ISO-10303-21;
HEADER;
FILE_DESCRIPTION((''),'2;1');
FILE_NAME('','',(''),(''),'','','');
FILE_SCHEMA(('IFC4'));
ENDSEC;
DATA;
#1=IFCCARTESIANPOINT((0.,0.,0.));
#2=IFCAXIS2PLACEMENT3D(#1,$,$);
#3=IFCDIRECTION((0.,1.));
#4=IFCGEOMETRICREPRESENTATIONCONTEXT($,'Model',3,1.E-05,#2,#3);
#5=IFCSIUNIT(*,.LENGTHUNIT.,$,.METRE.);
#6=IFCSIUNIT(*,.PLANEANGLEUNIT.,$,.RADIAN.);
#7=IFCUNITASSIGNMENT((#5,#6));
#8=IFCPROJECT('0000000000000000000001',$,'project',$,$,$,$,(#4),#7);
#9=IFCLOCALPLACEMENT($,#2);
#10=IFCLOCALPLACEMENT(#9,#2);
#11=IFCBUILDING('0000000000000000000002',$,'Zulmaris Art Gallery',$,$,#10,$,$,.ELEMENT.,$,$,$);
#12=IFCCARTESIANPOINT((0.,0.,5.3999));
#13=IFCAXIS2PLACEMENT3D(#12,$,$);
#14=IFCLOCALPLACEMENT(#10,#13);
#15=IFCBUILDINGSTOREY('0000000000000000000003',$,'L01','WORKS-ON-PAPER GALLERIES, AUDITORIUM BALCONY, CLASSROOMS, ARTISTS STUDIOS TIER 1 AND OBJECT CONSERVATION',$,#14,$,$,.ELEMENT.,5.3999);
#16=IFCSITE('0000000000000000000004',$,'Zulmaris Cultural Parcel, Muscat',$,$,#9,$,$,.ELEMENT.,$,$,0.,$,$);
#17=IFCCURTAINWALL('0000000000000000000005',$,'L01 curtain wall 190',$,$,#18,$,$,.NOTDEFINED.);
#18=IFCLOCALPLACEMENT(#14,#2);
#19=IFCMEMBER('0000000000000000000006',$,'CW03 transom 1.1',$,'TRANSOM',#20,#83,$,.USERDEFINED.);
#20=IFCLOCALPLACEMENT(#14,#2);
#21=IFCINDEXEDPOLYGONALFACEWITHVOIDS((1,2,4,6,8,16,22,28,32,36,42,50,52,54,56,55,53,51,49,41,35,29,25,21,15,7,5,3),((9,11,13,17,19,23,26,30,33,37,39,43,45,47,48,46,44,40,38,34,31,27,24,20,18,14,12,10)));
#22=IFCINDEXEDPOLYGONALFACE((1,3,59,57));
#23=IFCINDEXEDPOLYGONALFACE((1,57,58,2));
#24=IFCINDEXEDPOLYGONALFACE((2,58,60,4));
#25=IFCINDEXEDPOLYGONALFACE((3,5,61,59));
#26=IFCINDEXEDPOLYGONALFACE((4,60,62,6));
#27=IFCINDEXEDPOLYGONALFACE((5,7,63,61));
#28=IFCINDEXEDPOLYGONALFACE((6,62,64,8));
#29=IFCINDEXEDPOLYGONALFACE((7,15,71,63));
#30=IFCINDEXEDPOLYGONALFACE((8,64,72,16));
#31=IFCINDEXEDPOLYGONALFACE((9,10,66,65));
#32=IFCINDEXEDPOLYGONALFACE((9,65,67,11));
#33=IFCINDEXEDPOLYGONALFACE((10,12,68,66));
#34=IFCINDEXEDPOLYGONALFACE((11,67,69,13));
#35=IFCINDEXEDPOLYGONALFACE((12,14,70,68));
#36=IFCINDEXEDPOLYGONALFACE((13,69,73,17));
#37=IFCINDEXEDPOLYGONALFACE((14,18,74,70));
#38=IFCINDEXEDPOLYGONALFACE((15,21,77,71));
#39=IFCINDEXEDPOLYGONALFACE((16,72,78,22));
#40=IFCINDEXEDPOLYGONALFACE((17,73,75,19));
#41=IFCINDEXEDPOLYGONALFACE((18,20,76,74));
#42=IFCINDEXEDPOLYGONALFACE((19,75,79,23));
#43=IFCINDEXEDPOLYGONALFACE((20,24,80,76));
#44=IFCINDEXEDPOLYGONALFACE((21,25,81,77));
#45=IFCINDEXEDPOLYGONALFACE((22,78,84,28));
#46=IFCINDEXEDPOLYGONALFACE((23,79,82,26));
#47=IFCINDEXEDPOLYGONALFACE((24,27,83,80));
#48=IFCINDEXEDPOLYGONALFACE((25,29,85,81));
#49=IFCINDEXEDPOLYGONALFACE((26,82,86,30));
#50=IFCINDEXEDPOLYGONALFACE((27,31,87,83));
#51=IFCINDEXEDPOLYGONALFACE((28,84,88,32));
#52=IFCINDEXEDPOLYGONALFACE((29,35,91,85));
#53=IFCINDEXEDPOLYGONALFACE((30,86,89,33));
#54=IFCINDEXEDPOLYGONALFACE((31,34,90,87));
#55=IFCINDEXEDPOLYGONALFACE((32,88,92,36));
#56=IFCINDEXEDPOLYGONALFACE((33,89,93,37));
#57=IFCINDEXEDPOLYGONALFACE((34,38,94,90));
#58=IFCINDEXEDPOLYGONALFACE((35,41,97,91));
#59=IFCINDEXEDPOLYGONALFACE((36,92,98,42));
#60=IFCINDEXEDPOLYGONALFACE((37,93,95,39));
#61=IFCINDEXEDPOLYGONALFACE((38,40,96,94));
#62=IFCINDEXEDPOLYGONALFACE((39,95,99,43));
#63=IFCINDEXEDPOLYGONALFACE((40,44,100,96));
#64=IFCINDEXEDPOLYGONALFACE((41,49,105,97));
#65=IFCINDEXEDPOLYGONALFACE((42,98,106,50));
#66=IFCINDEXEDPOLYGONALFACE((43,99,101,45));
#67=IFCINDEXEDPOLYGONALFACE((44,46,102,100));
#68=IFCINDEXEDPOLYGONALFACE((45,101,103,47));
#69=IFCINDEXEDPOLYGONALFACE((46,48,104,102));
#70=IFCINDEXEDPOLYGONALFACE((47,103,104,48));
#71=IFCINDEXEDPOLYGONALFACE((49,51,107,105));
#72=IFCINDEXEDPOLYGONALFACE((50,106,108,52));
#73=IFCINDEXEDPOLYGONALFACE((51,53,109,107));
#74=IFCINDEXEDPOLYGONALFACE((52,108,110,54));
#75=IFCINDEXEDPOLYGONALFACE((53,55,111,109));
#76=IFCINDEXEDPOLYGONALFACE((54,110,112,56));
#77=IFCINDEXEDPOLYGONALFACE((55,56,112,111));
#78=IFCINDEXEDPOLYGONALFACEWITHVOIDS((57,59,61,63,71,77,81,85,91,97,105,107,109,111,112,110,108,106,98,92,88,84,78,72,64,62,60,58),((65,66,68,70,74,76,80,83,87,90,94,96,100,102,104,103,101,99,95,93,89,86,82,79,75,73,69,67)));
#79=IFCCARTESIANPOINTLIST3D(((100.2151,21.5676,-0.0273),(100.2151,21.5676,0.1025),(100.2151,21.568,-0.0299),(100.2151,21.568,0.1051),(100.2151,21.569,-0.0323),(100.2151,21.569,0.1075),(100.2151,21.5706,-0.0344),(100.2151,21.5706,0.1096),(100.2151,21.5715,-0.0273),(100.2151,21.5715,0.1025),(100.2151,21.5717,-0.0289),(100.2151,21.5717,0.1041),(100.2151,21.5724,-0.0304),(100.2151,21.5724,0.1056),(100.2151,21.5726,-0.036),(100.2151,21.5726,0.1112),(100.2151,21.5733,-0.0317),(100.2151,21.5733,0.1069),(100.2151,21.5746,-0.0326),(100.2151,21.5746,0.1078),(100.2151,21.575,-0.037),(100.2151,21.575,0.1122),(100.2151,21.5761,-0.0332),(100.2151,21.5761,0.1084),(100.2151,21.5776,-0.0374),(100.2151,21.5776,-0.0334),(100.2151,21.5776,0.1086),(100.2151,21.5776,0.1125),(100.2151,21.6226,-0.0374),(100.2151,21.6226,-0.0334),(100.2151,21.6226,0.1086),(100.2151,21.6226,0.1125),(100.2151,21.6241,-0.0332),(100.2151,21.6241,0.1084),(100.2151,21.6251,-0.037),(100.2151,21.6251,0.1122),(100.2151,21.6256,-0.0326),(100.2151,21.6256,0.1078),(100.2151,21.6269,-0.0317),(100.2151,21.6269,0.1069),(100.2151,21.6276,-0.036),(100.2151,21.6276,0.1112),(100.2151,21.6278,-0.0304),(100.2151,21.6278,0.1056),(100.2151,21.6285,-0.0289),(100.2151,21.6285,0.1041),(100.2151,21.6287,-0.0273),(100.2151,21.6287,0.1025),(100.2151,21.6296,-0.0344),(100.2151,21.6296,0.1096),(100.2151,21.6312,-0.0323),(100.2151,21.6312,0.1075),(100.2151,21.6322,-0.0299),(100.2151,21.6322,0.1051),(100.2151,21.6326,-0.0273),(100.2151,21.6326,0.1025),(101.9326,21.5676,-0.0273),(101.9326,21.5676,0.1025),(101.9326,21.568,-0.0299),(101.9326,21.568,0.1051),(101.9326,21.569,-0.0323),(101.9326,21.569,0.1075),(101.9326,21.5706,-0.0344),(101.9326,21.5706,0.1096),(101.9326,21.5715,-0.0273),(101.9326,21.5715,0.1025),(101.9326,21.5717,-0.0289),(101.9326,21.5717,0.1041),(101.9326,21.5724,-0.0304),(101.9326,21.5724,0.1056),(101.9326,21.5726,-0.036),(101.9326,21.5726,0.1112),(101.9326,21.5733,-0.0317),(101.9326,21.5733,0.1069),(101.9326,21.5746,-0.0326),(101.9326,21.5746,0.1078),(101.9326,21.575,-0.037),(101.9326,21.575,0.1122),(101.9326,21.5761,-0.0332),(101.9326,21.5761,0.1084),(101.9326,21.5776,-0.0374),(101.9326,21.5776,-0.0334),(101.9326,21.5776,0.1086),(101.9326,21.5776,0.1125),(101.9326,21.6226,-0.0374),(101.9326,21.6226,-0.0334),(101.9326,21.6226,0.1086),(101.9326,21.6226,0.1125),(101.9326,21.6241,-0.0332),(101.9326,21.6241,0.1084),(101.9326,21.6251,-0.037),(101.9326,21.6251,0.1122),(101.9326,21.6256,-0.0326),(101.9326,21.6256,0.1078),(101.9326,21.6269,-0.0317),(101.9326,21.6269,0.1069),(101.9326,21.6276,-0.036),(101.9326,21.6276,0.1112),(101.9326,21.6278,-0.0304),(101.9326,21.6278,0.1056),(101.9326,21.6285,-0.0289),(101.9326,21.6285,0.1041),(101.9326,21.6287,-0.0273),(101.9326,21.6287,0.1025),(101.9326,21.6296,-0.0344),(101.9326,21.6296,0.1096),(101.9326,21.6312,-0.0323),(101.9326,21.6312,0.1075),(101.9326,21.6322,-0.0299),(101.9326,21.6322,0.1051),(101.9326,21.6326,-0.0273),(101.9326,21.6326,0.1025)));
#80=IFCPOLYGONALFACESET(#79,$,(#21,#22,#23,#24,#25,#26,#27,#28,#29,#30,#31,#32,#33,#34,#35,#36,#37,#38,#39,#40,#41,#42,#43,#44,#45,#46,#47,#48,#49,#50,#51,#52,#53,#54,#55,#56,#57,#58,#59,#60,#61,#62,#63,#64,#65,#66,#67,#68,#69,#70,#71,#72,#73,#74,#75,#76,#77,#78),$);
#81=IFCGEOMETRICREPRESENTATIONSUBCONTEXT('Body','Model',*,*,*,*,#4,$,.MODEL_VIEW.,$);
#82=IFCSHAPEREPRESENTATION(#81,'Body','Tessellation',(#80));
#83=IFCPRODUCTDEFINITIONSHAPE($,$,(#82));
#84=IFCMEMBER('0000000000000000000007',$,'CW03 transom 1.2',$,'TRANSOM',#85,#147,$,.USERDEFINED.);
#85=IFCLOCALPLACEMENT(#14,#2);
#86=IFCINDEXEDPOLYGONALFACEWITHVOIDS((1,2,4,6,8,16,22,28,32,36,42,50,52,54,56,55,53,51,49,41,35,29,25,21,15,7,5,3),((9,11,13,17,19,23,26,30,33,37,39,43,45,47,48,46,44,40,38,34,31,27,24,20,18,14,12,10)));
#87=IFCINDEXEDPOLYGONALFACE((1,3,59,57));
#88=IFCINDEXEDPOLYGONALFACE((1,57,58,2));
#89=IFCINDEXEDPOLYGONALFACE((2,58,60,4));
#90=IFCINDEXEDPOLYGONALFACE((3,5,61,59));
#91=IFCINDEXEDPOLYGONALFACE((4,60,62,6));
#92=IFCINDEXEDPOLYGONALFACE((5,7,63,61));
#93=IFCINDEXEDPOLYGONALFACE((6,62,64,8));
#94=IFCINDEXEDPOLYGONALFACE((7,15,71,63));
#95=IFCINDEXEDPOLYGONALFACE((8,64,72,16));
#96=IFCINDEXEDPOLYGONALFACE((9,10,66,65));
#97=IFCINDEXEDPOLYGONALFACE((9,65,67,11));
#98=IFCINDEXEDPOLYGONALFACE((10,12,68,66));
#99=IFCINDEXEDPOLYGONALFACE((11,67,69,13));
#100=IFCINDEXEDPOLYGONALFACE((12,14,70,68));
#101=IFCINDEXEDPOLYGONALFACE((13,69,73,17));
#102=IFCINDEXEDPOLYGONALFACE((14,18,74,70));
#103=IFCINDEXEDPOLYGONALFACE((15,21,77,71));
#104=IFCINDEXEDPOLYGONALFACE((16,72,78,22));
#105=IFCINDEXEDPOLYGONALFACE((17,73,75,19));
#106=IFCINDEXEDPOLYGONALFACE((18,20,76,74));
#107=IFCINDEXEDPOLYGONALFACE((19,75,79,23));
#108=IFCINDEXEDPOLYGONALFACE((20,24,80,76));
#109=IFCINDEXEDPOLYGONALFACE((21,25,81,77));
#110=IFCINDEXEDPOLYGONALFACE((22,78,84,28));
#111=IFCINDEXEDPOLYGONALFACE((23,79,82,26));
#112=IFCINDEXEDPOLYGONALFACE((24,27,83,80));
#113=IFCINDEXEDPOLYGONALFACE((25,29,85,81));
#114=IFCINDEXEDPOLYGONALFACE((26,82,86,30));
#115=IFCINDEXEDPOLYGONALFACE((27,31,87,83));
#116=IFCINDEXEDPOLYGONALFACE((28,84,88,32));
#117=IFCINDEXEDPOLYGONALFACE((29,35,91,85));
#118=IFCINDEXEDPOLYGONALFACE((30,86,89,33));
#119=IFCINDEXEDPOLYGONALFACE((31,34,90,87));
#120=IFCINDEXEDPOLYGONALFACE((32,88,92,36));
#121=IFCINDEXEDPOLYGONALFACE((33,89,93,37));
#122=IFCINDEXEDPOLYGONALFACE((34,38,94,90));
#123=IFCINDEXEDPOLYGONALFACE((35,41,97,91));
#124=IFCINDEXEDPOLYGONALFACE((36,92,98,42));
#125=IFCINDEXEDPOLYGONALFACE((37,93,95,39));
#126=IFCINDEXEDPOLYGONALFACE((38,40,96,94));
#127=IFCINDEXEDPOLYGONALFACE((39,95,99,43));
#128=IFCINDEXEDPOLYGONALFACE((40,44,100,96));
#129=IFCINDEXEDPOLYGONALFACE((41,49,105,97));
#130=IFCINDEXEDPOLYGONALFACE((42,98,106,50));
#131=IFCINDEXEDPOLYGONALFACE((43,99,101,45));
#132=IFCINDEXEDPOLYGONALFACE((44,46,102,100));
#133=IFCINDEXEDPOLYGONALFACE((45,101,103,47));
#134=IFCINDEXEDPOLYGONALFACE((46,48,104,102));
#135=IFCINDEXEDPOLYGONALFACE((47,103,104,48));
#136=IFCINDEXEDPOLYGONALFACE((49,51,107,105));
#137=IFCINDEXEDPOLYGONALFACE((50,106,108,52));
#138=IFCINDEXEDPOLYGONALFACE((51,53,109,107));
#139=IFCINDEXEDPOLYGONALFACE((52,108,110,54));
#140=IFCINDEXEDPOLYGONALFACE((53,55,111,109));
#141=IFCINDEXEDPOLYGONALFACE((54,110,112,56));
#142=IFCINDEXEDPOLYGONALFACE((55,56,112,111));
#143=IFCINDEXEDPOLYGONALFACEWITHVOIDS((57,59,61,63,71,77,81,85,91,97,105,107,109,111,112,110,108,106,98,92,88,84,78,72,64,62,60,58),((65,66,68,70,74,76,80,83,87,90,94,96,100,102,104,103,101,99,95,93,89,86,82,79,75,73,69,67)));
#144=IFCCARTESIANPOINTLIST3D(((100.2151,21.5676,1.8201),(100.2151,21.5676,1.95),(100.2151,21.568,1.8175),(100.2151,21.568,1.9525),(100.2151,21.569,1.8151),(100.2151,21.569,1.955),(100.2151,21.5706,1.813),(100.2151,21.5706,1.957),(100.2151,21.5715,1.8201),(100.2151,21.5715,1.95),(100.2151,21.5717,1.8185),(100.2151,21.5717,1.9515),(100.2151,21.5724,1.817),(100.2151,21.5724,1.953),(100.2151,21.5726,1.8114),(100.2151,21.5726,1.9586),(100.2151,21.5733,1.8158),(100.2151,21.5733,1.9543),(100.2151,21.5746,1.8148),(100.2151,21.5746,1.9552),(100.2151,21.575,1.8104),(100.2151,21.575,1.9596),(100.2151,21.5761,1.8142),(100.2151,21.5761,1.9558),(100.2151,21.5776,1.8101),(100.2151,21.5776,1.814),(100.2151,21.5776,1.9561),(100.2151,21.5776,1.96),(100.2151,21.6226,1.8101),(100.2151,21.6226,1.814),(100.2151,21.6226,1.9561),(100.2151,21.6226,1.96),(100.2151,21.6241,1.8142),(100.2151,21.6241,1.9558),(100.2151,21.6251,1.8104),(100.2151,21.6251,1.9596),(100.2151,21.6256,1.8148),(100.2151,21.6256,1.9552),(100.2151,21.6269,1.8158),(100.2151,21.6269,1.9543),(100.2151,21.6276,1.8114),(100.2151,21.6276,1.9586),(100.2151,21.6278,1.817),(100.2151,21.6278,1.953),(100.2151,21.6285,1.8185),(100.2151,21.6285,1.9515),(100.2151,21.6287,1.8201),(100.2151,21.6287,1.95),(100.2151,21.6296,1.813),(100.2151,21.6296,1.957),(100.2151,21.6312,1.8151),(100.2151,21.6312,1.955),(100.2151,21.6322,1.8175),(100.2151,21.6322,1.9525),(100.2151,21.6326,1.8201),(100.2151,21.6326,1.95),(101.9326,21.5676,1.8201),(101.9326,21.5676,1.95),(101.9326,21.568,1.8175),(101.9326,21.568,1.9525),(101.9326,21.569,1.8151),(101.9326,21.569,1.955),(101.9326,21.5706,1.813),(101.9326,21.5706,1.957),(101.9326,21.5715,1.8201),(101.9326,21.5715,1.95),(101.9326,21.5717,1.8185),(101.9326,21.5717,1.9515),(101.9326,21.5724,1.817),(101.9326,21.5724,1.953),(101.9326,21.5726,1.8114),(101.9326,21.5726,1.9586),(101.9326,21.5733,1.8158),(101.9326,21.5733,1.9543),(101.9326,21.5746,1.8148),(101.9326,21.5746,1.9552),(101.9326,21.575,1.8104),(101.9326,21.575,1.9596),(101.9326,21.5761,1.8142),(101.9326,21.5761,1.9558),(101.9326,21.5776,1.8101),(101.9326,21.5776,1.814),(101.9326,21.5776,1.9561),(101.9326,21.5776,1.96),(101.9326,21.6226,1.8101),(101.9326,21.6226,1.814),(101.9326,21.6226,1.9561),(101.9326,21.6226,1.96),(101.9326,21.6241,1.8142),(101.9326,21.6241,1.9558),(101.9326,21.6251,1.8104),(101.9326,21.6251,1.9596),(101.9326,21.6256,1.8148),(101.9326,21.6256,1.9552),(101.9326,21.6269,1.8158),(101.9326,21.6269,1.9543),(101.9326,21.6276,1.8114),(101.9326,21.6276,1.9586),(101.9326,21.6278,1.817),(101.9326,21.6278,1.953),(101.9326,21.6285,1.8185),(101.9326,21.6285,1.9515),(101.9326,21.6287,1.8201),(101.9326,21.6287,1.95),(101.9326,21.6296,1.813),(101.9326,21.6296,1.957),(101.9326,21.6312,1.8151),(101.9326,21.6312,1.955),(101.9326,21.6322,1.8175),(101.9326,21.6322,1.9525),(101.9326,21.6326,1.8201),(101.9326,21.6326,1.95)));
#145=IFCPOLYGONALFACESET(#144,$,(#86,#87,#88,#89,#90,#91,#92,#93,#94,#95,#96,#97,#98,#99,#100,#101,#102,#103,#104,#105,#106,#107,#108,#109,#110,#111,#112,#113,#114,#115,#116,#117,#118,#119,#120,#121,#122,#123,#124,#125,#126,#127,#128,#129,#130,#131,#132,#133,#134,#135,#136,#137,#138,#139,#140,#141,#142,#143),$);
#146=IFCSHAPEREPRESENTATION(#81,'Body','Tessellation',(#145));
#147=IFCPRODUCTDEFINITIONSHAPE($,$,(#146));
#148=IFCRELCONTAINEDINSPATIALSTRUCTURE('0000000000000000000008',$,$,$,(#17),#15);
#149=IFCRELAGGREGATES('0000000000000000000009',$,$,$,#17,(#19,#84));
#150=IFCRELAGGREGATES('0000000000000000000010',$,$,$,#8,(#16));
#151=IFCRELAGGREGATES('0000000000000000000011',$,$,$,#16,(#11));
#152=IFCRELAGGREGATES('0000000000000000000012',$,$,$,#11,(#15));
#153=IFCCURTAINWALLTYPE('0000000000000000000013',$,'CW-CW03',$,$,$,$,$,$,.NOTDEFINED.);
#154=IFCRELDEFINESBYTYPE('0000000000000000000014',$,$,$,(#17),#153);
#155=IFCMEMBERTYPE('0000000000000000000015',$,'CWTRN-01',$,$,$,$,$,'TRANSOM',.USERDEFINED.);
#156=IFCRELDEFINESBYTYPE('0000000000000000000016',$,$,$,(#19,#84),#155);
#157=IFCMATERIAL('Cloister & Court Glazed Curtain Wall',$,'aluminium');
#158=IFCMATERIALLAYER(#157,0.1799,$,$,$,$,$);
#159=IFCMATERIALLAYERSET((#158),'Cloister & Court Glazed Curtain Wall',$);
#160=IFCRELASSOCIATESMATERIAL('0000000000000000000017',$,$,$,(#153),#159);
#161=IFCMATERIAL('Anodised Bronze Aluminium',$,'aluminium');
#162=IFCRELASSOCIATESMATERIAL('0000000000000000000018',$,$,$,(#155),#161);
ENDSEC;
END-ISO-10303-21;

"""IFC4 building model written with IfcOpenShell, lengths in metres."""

from ifc_helpers import new_model, si_unit, direction, frame, origin, origin_2d, place, context, subcontext, project, spatial, hollow_rectangle, extrude, material, layer, layer_set, material_profile, profile_set, type_object, element, aggregate, save


model = new_model("IFC4")

# Units and contexts
model_context = context("Model", 3, precision=1e-05, world=origin(), true_north=direction((0.0, 1.0)))
body_context = subcontext(model_context, "Body", "Model", "MODEL_VIEW")
ifc_project = project(units=[si_unit("LENGTHUNIT", "METRE"), si_unit("PLANEANGLEUNIT", "RADIAN")], contexts=[model_context])

# Site, building, storey
site_placement = place(None, origin())
site = spatial("IfcSite", under=ifc_project, at=site_placement, Name="Zulmaris Cultural Parcel, Muscat", CompositionType="ELEMENT", RefElevation=0.0)
building_placement = place(site_placement, origin())
building = spatial("IfcBuilding", under=site, at=building_placement, Name="Zulmaris Art Gallery", CompositionType="ELEMENT")
storey_placement = place(building_placement, frame((0.0, 0.0, 5.3999)))
storey = spatial("IfcBuildingStorey", under=building, at=storey_placement, Name="L01", Description="WORKS-ON-PAPER GALLERIES, AUDITORIUM BALCONY, CLASSROOMS, ARTISTS STUDIOS TIER 1 AND OBJECT CONSERVATION", CompositionType="ELEMENT", Elevation=5.3999)

# Curtain wall, members
ifc_material_1 = material(Name="Cloister & Court Glazed Curtain Wall", Category="aluminium")
ifc_layer_1 = layer(ifc_material_1, 0.1799)
ifc_layer_set_1 = layer_set([ifc_layer_1], Name="Cloister & Court Glazed Curtain Wall")
curtain_wall_type = type_object("IfcCurtainWallType", Name="CW-CW03", PredefinedType="NOTDEFINED", material=ifc_layer_set_1)
curtain_wall_placement = place(storey_placement, origin())
curtain_wall = element("IfcCurtainWall", 1, at=curtain_wall_placement, inside=storey, type_object=curtain_wall_type, Name="L01 curtain wall 190", PredefinedType="NOTDEFINED")
ifc_material_2 = material(Name="Anodised Bronze Aluminium", Category="aluminium")
ifc_material_profile_1 = material_profile(ifc_material_2, hollow_rectangle(XDim=0.0649, YDim=0.1499, WallThickness=0.0039, InnerFilletRadius=0.0061, OuterFilletRadius=0.01, at=origin_2d()), Name="ALU 65x150x4")
ifc_profile_set_1 = profile_set([ifc_material_profile_1], Name="Anodised Bronze Aluminium")
member_type_1 = type_object("IfcMemberType", Name="CWTRN-01", ElementType="TRANSOM", PredefinedType="USERDEFINED", material=ifc_profile_set_1)
member_1_placement = place(storey_placement, frame((100.2151, 21.6001, 0.0376), z_axis=(1.0, 0.0, 0.0), x_axis=(0.0, 1.0, 0.0)))
member_1 = element("IfcMember", 2, at=member_1_placement, type_object=member_type_1, Name="CW03 transom 1.1", ObjectType="TRANSOM", PredefinedType="USERDEFINED", context=body_context, shape_type="SweptSolid", body=[
    extrude(hollow_rectangle(XDim=0.0649, YDim=0.1499, WallThickness=0.0039, InnerFilletRadius=0.0061, OuterFilletRadius=0.01, at=origin_2d()), origin(), (0.0, 0.0, 1.0), 1.7175),
])
member_2_placement = place(storey_placement, frame((100.2151, 21.6001, 1.885), z_axis=(1.0, 0.0, 0.0), x_axis=(0.0, 1.0, 0.0)))
member_2 = element("IfcMember", 3, at=member_2_placement, type_object=member_type_1, Name="CW03 transom 1.2", ObjectType="TRANSOM", PredefinedType="USERDEFINED", context=body_context, shape_type="SweptSolid", body=[
    extrude(hollow_rectangle(XDim=0.0649, YDim=0.1499, WallThickness=0.0039, InnerFilletRadius=0.0061, OuterFilletRadius=0.01, at=origin_2d()), origin(), (0.0, 0.0, 1.0), 1.7175),
])
aggregate(curtain_wall, [member_1, member_2])

save(model, "model.ifc")
